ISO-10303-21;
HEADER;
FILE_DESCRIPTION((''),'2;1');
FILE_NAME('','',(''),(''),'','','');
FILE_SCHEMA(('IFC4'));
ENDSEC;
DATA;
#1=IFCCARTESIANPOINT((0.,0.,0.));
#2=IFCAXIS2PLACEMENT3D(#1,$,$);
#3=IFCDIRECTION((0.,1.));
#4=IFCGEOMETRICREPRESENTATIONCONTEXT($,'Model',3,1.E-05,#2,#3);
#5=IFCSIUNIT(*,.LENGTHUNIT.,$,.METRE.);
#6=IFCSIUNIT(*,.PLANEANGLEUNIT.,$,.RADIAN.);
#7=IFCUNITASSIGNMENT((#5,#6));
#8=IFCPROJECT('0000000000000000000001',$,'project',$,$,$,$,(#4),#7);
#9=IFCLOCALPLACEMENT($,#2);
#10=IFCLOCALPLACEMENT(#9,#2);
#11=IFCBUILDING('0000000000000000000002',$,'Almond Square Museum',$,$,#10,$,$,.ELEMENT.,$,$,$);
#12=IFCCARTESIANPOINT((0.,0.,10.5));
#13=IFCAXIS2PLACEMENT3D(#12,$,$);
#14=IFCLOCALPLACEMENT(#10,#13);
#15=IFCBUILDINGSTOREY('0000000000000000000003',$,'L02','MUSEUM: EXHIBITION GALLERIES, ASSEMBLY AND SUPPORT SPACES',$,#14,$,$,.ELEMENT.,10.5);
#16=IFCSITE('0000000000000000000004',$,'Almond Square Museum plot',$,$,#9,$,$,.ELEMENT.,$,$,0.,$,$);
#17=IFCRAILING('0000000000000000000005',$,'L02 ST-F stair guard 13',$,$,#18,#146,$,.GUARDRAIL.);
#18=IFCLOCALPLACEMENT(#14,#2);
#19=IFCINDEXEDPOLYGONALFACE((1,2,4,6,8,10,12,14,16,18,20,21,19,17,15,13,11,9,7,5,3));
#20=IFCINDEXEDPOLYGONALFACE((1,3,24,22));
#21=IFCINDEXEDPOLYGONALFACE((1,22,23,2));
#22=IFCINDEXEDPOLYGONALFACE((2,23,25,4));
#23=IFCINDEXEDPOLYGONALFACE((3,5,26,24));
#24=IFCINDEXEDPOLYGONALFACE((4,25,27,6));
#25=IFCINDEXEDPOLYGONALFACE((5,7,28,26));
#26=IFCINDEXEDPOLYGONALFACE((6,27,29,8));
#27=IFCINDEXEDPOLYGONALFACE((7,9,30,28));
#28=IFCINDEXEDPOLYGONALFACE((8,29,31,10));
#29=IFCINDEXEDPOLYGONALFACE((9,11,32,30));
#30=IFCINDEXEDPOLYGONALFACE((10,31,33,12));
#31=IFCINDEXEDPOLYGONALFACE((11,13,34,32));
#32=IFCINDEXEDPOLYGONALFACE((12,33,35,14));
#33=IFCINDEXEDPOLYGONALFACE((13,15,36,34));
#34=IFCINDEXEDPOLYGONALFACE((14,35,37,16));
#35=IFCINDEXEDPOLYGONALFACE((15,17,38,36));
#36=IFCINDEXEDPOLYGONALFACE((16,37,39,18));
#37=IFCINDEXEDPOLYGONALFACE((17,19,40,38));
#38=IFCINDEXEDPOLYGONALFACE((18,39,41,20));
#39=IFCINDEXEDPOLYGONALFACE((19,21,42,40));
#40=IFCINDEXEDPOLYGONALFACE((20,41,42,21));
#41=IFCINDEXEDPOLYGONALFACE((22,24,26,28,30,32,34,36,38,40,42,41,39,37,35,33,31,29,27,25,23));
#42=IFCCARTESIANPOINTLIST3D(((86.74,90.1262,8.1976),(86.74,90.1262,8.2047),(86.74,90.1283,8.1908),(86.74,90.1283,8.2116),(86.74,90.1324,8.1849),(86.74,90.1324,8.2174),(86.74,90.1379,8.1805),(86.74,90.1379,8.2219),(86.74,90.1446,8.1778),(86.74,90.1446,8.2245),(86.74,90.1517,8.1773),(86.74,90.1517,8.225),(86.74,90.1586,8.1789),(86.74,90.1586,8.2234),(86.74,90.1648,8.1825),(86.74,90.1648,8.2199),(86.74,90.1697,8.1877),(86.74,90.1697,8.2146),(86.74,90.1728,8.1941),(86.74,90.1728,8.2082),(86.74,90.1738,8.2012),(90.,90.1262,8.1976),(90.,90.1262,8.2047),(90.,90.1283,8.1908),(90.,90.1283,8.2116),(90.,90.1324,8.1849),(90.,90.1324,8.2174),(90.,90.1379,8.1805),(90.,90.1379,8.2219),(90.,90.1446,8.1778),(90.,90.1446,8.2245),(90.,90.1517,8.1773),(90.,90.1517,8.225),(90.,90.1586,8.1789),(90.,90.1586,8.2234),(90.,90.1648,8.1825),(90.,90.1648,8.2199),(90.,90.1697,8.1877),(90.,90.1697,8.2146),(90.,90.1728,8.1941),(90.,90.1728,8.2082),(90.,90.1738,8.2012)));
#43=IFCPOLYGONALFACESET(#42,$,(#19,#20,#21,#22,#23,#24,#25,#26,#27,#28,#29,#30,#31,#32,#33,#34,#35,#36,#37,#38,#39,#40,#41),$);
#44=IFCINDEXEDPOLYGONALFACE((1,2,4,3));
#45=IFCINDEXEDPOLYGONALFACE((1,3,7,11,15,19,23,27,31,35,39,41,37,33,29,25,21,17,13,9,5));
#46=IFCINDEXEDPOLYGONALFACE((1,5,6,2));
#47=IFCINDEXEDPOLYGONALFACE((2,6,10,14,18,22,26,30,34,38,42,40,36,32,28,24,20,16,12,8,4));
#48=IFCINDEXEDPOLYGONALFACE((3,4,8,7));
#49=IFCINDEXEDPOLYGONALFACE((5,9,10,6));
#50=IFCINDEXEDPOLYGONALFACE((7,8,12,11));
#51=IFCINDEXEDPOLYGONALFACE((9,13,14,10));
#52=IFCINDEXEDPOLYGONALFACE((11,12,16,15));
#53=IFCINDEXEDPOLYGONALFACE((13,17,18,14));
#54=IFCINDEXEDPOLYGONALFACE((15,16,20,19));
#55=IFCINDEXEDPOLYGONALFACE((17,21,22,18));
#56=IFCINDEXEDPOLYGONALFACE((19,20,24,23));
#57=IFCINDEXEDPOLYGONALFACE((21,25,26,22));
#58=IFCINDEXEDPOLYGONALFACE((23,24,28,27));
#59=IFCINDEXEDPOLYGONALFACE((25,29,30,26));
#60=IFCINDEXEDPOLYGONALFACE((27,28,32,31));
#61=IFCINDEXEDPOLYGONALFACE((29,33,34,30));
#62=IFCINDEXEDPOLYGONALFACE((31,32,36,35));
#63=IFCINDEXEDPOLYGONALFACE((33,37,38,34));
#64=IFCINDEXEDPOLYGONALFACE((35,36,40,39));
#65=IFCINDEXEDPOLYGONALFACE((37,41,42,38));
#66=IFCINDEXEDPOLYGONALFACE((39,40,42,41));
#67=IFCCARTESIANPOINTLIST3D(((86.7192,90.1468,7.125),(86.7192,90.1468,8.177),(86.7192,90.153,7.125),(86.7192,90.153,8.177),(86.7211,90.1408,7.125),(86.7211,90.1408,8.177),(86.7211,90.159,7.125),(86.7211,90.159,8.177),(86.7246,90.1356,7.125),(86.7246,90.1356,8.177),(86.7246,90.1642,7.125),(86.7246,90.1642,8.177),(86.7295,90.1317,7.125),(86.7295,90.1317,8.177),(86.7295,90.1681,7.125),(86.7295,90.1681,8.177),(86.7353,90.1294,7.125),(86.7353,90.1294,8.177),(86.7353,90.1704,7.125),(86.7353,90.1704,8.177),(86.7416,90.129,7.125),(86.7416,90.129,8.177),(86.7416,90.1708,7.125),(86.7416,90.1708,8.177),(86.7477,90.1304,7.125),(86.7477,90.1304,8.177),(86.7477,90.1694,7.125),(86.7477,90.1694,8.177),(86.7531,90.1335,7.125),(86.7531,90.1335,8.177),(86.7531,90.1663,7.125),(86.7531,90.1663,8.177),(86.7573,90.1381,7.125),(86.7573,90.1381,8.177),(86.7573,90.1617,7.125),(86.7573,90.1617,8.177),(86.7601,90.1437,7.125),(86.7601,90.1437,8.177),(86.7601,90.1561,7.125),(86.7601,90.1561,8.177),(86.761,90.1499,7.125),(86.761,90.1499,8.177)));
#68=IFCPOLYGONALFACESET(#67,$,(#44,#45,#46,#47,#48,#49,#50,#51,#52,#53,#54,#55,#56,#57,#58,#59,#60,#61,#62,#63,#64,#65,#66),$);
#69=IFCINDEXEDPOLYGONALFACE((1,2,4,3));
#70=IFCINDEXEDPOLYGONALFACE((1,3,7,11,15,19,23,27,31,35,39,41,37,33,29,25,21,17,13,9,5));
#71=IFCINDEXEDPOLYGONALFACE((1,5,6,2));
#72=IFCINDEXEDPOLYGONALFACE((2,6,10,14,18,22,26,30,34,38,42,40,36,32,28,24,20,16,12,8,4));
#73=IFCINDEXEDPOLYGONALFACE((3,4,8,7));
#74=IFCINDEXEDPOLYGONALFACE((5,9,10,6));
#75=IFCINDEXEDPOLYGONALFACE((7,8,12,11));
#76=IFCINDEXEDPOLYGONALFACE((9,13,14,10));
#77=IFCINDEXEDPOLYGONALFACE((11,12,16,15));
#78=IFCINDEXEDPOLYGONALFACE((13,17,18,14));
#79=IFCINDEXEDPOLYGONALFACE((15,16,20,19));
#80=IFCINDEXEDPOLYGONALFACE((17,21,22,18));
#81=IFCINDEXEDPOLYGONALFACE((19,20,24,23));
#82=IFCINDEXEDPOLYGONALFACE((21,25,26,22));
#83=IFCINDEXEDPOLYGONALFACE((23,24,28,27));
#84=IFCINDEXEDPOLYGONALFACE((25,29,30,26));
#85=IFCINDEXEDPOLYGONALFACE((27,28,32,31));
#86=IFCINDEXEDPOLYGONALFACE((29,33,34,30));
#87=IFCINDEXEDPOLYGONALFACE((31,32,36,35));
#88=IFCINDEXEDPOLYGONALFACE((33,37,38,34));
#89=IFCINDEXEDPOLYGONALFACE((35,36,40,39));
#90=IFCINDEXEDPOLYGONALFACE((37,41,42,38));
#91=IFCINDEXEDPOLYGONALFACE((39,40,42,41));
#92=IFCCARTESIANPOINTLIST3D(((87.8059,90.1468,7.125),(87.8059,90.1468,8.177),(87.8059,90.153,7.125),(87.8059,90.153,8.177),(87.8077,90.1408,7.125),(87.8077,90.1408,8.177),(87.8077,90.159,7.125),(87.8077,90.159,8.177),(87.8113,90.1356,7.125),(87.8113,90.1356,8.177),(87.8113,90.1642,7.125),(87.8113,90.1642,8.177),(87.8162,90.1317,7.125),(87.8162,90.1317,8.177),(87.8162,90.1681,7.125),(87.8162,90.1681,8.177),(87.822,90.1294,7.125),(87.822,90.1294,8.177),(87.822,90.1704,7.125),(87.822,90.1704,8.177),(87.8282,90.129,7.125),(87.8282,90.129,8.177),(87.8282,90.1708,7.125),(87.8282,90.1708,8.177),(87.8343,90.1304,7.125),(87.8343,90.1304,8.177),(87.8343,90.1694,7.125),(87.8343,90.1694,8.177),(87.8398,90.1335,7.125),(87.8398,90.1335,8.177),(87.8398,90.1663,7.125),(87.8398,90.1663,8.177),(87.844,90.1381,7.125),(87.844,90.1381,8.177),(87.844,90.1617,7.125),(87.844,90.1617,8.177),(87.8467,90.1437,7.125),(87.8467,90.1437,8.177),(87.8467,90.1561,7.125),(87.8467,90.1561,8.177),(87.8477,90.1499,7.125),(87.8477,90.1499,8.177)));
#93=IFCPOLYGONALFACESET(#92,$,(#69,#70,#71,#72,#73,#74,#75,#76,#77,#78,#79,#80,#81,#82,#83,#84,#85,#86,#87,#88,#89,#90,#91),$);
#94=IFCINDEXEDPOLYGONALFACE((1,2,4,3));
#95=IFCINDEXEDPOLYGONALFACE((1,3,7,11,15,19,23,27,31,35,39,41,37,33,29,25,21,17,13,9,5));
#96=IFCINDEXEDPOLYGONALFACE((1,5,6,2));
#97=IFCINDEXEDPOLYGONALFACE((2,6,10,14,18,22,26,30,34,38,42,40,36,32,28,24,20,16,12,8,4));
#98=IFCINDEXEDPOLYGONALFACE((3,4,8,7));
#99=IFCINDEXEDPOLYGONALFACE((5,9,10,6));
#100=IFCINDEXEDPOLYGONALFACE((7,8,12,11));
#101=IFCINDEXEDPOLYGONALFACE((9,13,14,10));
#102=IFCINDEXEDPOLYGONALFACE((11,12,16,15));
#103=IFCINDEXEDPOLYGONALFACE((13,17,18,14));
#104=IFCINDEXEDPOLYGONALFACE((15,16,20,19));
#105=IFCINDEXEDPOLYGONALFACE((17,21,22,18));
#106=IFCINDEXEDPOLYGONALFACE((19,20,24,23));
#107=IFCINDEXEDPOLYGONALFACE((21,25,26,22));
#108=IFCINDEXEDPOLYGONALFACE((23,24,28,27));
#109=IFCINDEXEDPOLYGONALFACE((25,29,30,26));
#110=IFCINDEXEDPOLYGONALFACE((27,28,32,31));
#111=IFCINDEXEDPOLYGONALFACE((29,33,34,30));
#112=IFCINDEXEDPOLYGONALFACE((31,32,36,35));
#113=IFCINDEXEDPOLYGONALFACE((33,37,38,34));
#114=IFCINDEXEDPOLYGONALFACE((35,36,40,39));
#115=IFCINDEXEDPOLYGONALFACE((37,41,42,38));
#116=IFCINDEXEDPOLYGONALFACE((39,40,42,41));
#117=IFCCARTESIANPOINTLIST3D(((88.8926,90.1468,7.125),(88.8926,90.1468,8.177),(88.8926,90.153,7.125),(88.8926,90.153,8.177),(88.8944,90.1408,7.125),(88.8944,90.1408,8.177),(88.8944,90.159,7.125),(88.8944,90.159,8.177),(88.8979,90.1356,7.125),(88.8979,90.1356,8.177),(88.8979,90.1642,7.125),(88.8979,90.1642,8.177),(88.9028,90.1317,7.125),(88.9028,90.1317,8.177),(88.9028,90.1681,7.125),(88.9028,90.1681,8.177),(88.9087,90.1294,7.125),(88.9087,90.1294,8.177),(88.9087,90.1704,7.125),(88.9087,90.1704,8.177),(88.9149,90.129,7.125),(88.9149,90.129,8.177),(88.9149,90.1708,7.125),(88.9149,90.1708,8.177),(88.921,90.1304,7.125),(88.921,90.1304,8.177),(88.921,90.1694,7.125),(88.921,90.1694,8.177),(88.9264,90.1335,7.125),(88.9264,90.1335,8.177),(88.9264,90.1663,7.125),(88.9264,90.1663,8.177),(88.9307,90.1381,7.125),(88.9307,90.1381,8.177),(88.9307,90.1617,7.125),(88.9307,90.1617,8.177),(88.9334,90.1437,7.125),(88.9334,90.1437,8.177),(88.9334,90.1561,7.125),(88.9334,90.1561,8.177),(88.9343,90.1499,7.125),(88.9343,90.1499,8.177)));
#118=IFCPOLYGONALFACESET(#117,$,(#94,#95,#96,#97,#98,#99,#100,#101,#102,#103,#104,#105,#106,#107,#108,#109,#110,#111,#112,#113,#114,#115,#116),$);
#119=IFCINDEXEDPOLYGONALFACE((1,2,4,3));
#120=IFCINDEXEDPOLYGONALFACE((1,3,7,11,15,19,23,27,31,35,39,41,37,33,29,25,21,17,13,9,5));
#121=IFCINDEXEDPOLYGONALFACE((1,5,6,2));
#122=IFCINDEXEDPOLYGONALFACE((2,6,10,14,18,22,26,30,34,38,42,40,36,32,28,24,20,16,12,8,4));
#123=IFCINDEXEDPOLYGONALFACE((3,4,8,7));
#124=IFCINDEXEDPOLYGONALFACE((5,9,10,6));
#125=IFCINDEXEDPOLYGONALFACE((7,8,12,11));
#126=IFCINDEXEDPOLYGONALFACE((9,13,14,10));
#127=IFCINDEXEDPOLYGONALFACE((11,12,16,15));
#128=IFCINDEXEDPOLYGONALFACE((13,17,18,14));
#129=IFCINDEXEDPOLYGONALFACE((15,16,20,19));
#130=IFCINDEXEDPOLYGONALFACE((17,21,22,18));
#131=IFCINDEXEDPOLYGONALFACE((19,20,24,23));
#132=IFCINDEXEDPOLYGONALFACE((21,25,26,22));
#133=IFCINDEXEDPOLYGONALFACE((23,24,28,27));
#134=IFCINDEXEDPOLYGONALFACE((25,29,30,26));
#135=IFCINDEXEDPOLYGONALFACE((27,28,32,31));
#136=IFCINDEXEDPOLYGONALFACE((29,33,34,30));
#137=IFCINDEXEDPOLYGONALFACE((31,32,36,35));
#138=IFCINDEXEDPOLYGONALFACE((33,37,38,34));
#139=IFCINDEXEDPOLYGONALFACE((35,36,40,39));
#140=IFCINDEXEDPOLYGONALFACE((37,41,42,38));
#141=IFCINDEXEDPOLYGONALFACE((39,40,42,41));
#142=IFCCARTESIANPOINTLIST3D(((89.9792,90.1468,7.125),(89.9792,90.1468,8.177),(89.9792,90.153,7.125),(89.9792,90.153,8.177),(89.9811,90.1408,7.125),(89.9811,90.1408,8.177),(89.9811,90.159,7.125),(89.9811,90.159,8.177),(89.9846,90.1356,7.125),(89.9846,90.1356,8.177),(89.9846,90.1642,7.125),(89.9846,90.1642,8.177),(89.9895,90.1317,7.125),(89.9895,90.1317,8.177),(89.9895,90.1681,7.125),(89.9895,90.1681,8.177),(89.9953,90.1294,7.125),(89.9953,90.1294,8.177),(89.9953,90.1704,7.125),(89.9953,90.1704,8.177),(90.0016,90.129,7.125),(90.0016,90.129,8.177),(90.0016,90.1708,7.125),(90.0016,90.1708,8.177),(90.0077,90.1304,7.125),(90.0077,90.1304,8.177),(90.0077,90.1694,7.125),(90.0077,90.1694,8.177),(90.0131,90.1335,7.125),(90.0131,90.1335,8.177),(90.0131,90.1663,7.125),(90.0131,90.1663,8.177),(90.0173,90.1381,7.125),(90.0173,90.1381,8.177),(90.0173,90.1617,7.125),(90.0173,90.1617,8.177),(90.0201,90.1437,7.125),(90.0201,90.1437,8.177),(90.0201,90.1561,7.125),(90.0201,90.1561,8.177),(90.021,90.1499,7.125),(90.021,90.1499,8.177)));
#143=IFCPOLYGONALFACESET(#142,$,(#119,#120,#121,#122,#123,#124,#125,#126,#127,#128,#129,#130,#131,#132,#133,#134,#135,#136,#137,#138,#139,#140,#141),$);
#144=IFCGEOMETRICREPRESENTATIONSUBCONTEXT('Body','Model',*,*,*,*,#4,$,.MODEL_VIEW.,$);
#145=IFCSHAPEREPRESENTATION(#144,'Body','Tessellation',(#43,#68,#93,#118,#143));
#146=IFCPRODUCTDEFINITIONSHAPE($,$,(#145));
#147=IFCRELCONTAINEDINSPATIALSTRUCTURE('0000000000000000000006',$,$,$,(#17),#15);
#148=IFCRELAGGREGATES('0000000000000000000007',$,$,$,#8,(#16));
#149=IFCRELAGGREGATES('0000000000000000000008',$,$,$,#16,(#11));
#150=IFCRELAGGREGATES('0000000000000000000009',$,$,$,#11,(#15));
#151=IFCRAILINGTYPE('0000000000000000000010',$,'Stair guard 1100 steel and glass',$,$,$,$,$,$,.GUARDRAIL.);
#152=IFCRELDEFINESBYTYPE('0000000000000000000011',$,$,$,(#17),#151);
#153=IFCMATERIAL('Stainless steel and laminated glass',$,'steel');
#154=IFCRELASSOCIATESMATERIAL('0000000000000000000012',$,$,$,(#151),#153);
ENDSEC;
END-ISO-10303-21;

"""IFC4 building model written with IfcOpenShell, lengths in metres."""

from ifc_helpers import new_model, si_unit, direction, frame, origin, origin_2d, place, context, subcontext, project, spatial, circle, extrude, material, type_object, element, save


model = new_model("IFC4")

# Units and contexts
model_context = context("Model", 3, precision=1e-05, world=origin(), true_north=direction((0.0, 1.0)))
body_context = subcontext(model_context, "Body", "Model", "MODEL_VIEW")
ifc_project = project(units=[si_unit("LENGTHUNIT", "METRE"), si_unit("PLANEANGLEUNIT", "RADIAN")], contexts=[model_context])

# Site, building, storey
site_placement = place(None, origin())
site = spatial("IfcSite", under=ifc_project, at=site_placement, Name="Almond Square Museum plot", CompositionType="ELEMENT", RefElevation=0.0)
building_placement = place(site_placement, origin())
building = spatial("IfcBuilding", under=site, at=building_placement, Name="Almond Square Museum", CompositionType="ELEMENT")
storey_placement = place(building_placement, frame((0.0, 0.0, 10.5)))
storey = spatial("IfcBuildingStorey", under=building, at=storey_placement, Name="L02", Description="MUSEUM: EXHIBITION GALLERIES, ASSEMBLY AND SUPPORT SPACES", CompositionType="ELEMENT", Elevation=10.5)

# Railing
ifc_material_1 = material(Name="Stainless steel and laminated glass", Category="steel")
railing_type_1 = type_object("IfcRailingType", Name="Stair guard 1100 steel and glass", PredefinedType="GUARDRAIL", material=ifc_material_1)
railing_1_placement = place(storey_placement, frame((86.74, 90.1499, 7.125)))
element("IfcRailing", 1, at=railing_1_placement, inside=storey, type_object=railing_type_1, Name="L02 ST-F stair guard 13", PredefinedType="GUARDRAIL", context=body_context, shape_type="SweptSolid", body=[
    extrude(circle(Radius=0.0239, at=origin_2d()), frame((0.0, 0.0, 1.0762), z_axis=(1.0, 0.0, 0.0), x_axis=(0.0, 1.0, 0.0)), (0.0, 0.0, 1.0), 3.26),
    extrude(circle(Radius=0.021, at=origin_2d()), origin(), (0.0, 0.0, 1.0), 1.052),
    extrude(circle(Radius=0.021, at=origin_2d()), frame((1.0867, 0.0, 0.0)), (0.0, 0.0, 1.0), 1.052),
    extrude(circle(Radius=0.021, at=origin_2d()), frame((2.1733, 0.0, 0.0)), (0.0, 0.0, 1.0), 1.052),
    extrude(circle(Radius=0.021, at=origin_2d()), frame((3.26, 0.0, 0.0)), (0.0, 0.0, 1.0), 1.052),
])

save(model, "model.ifc")
